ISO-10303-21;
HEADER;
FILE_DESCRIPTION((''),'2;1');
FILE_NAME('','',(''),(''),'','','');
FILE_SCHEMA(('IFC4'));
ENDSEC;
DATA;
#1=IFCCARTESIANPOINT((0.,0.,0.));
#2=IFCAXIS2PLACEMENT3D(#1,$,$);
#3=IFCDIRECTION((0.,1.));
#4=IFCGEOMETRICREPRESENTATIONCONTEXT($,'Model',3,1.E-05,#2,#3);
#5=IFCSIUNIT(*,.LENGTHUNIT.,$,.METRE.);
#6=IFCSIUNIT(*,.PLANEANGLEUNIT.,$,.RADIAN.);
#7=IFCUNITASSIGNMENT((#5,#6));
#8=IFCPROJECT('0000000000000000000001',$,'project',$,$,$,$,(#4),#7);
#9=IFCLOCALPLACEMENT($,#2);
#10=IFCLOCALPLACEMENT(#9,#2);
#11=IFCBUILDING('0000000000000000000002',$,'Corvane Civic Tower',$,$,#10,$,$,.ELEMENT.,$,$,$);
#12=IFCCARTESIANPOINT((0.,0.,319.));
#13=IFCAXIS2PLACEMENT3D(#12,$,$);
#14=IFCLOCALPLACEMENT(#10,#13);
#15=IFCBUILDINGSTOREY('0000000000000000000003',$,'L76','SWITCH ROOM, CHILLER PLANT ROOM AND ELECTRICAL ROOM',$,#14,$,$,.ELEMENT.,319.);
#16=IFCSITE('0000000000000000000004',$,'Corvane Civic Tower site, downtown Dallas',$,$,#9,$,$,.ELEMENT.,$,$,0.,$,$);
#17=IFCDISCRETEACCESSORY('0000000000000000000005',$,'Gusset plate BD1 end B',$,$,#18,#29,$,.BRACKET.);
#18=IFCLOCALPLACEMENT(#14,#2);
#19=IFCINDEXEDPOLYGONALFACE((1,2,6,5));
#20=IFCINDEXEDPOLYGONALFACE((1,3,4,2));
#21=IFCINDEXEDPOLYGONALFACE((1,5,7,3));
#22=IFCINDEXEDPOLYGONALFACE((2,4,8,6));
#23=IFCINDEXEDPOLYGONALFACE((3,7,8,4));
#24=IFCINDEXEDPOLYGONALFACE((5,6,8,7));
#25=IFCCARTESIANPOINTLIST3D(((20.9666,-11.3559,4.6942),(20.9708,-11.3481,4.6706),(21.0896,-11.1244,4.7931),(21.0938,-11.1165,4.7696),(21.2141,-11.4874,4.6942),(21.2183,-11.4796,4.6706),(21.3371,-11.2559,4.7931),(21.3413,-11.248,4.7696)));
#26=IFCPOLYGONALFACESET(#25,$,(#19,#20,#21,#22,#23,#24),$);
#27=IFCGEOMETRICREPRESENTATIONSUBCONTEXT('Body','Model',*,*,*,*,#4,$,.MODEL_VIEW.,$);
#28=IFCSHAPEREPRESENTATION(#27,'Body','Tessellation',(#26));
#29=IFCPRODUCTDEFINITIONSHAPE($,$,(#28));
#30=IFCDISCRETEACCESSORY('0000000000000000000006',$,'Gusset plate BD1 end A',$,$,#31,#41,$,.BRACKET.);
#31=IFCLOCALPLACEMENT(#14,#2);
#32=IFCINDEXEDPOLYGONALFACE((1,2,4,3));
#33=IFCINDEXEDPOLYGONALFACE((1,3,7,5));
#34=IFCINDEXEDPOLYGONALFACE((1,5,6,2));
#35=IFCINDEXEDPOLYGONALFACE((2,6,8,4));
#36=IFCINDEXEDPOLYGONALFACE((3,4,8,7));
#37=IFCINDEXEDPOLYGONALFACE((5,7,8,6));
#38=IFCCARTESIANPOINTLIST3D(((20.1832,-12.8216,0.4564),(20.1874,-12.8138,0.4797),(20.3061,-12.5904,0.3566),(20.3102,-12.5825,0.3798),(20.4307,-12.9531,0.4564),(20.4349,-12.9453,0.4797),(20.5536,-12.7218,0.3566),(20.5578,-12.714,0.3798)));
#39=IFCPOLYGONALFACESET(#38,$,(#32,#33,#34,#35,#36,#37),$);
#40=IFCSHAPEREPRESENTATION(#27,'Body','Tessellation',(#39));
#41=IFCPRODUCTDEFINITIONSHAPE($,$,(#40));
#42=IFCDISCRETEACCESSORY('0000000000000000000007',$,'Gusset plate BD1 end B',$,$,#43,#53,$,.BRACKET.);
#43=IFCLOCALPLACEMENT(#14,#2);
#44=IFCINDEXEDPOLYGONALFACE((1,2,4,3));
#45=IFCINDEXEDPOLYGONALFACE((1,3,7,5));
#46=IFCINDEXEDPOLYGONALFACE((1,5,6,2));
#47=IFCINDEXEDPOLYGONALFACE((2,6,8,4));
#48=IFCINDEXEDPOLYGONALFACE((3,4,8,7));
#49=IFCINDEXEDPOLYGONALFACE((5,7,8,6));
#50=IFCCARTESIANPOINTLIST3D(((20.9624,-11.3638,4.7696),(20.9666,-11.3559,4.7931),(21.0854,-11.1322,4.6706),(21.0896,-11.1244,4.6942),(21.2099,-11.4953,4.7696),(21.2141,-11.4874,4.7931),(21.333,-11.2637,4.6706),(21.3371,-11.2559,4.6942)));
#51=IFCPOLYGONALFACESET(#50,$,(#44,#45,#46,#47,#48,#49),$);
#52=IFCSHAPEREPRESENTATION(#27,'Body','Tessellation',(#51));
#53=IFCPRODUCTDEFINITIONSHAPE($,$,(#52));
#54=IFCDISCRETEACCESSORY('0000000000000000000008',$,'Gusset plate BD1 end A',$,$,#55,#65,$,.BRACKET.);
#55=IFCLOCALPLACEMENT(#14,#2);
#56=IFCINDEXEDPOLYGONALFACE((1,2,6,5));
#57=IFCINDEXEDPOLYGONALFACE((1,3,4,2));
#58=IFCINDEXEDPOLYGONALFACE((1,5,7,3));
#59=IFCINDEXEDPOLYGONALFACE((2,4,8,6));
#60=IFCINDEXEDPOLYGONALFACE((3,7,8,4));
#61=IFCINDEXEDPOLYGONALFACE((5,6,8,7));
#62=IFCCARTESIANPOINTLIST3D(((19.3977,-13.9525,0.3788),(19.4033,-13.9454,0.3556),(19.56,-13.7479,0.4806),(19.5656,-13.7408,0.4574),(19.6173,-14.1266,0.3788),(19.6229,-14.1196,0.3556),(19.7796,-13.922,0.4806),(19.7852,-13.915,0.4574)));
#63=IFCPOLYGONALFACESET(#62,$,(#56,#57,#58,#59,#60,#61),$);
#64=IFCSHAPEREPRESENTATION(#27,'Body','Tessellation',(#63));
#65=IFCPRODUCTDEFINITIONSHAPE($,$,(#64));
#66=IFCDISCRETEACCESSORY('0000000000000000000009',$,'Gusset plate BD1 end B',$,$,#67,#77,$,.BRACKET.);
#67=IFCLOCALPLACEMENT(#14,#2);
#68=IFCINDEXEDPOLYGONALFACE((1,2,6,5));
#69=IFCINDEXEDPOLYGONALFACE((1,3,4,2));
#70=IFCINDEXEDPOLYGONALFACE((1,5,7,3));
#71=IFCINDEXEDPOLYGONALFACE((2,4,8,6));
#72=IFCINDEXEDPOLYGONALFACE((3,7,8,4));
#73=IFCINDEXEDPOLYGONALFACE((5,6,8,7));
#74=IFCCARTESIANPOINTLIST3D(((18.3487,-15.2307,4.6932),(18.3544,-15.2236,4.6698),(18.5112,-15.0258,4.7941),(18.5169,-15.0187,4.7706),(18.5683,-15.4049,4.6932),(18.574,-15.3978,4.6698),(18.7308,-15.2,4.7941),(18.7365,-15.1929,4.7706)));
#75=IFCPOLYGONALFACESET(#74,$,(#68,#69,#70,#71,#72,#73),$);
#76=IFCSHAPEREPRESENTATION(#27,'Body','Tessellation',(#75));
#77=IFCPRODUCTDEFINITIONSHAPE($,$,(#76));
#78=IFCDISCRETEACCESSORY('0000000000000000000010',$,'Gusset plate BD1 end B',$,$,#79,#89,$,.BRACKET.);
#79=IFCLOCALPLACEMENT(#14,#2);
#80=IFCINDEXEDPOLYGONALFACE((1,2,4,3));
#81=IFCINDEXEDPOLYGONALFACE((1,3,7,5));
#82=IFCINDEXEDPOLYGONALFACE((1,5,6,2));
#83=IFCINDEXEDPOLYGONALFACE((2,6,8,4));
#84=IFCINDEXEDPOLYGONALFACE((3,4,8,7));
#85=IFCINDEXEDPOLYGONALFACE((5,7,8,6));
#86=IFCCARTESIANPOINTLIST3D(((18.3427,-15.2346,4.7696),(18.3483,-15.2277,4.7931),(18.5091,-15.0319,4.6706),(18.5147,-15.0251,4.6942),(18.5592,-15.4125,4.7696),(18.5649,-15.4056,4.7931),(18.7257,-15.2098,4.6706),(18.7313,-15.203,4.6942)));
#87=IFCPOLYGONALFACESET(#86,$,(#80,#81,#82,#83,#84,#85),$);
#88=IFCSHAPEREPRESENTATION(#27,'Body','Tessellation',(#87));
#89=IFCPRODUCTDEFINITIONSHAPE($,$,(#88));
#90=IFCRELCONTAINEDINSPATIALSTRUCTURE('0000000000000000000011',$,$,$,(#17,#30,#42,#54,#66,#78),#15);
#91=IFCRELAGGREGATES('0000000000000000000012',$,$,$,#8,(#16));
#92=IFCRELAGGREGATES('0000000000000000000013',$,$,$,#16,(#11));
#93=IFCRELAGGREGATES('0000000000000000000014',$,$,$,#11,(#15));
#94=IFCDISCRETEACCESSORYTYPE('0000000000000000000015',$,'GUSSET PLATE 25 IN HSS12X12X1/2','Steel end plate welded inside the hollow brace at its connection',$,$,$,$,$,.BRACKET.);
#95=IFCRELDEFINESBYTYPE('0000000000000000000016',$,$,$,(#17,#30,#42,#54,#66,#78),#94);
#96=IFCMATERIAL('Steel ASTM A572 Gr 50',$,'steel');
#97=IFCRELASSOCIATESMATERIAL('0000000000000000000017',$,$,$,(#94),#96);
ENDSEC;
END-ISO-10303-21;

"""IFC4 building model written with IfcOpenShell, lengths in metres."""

from ifc_helpers import new_model, si_unit, direction, frame, origin, origin_2d, place, context, subcontext, project, spatial, rectangle, extrude, material, material_profile, profile_set, type_object, element, save


model = new_model("IFC4")

# Units and contexts
model_context = context("Model", 3, precision=1e-05, world=origin(), true_north=direction((0.0, 1.0)))
body_context = subcontext(model_context, "Body", "Model", "MODEL_VIEW")
ifc_project = project(units=[si_unit("LENGTHUNIT", "METRE"), si_unit("PLANEANGLEUNIT", "RADIAN")], contexts=[model_context])

# Site, building, storey
site_placement = place(None, origin())
site = spatial("IfcSite", under=ifc_project, at=site_placement, Name="Corvane Civic Tower site, downtown Dallas", CompositionType="ELEMENT", RefElevation=0.0)
building_placement = place(site_placement, origin())
building = spatial("IfcBuilding", under=site, at=building_placement, Name="Corvane Civic Tower", CompositionType="ELEMENT")
storey_placement = place(building_placement, frame((0.0, 0.0, 319.0)))
storey = spatial("IfcBuildingStorey", under=building, at=storey_placement, Name="L76", Description="SWITCH ROOM, CHILLER PLANT ROOM AND ELECTRICAL ROOM", CompositionType="ELEMENT", Elevation=319.0)

# Discrete accessories
ifc_material_1 = material(Name="Steel ASTM A572 Gr 50", Category="steel")
ifc_material_profile_1 = material_profile(ifc_material_1, rectangle(XDim=0.2803, YDim=0.2803, at=origin_2d()), Name="GUSSET PLATE 25 IN HSS12X12X1/2")
ifc_profile_set_1 = profile_set([ifc_material_profile_1], Name="Steel ASTM A572 Gr 50")
discrete_accessory_type = type_object("IfcDiscreteAccessoryType", Name="GUSSET PLATE 25 IN HSS12X12X1/2", Description="Steel end plate welded inside the hollow brace at its connection", PredefinedType="BRACKET", material=ifc_profile_set_1)
discrete_accessory_1_placement = place(storey_placement, frame((21.1519, -11.3059, 4.7437), z_axis=(0.165674, 0.311858, -0.935573), x_axis=(-0.883116, 0.469155, 0.0)))
element("IfcDiscreteAccessory", 1, at=discrete_accessory_1_placement, inside=storey, type_object=discrete_accessory_type, Name="Gusset plate BD1 end B", PredefinedType="BRACKET", context=body_context, shape_type="SweptSolid", body=[
    extrude(rectangle(XDim=0.2803, YDim=0.2803, at=origin_2d()), origin(), (0.0, 0.0, 1.0), 0.0251),
])
discrete_accessory_2_placement = place(storey_placement, frame((20.3684, -12.7717, 0.4065), z_axis=(0.167198, 0.314725, 0.934341), x_axis=(-0.883116, 0.469155, 0.0)))
element("IfcDiscreteAccessory", 2, at=discrete_accessory_2_placement, inside=storey, type_object=discrete_accessory_type, Name="Gusset plate BD1 end A", PredefinedType="BRACKET", context=body_context, shape_type="SweptSolid", body=[
    extrude(rectangle(XDim=0.2803, YDim=0.2803, at=origin_2d()), origin(), (0.0, 0.0, 1.0), 0.0249),
])
discrete_accessory_3_placement = place(storey_placement, frame((21.1519, -11.3059, 4.7437), z_axis=(-0.165674, -0.311858, -0.935573), x_axis=(0.883116, -0.469155, 0.0)))
element("IfcDiscreteAccessory", 3, at=discrete_accessory_3_placement, inside=storey, type_object=discrete_accessory_type, Name="Gusset plate BD1 end B", PredefinedType="BRACKET", context=body_context, shape_type="SweptSolid", body=[
    extrude(rectangle(XDim=0.2803, YDim=0.2803, at=origin_2d()), origin(), (0.0, 0.0, 1.0), 0.0251),
])
discrete_accessory_4_placement = place(storey_placement, frame((19.5942, -13.9302, 0.4065), z_axis=(-0.225588, -0.284437, 0.931776), x_axis=(0.783498, -0.621395, 0.0)))
element("IfcDiscreteAccessory", 4, at=discrete_accessory_4_placement, inside=storey, type_object=discrete_accessory_type, Name="Gusset plate BD1 end A", PredefinedType="BRACKET", context=body_context, shape_type="SweptSolid", body=[
    extrude(rectangle(XDim=0.2803, YDim=0.2803, at=origin_2d()), origin(), (0.0, 0.0, 1.0), 0.0249),
])
for number, where, z_axis, x_axis, name in (
    (5, (18.5398, -15.2153, 4.7437), (0.223543, 0.281859, -0.933051), (-0.783498, 0.621395, 0.0), "Gusset plate BD1 end B"),
    (6, (18.5398, -15.2153, 4.7437), (-0.224148, -0.272875, -0.935573), (0.772726, -0.634739, 0.0), "Gusset plate BD1 end B"),
):
    element("IfcDiscreteAccessory", number, at=place(storey_placement, frame(where, z_axis=z_axis, x_axis=x_axis)), inside=storey, type_object=discrete_accessory_type, Name=name, PredefinedType="BRACKET", context=body_context, shape_type="SweptSolid", body=[
        extrude(rectangle(XDim=0.2803, YDim=0.2803, at=origin_2d()), origin(), (0.0, 0.0, 1.0), 0.0251),
    ])

save(model, "model.ifc")
